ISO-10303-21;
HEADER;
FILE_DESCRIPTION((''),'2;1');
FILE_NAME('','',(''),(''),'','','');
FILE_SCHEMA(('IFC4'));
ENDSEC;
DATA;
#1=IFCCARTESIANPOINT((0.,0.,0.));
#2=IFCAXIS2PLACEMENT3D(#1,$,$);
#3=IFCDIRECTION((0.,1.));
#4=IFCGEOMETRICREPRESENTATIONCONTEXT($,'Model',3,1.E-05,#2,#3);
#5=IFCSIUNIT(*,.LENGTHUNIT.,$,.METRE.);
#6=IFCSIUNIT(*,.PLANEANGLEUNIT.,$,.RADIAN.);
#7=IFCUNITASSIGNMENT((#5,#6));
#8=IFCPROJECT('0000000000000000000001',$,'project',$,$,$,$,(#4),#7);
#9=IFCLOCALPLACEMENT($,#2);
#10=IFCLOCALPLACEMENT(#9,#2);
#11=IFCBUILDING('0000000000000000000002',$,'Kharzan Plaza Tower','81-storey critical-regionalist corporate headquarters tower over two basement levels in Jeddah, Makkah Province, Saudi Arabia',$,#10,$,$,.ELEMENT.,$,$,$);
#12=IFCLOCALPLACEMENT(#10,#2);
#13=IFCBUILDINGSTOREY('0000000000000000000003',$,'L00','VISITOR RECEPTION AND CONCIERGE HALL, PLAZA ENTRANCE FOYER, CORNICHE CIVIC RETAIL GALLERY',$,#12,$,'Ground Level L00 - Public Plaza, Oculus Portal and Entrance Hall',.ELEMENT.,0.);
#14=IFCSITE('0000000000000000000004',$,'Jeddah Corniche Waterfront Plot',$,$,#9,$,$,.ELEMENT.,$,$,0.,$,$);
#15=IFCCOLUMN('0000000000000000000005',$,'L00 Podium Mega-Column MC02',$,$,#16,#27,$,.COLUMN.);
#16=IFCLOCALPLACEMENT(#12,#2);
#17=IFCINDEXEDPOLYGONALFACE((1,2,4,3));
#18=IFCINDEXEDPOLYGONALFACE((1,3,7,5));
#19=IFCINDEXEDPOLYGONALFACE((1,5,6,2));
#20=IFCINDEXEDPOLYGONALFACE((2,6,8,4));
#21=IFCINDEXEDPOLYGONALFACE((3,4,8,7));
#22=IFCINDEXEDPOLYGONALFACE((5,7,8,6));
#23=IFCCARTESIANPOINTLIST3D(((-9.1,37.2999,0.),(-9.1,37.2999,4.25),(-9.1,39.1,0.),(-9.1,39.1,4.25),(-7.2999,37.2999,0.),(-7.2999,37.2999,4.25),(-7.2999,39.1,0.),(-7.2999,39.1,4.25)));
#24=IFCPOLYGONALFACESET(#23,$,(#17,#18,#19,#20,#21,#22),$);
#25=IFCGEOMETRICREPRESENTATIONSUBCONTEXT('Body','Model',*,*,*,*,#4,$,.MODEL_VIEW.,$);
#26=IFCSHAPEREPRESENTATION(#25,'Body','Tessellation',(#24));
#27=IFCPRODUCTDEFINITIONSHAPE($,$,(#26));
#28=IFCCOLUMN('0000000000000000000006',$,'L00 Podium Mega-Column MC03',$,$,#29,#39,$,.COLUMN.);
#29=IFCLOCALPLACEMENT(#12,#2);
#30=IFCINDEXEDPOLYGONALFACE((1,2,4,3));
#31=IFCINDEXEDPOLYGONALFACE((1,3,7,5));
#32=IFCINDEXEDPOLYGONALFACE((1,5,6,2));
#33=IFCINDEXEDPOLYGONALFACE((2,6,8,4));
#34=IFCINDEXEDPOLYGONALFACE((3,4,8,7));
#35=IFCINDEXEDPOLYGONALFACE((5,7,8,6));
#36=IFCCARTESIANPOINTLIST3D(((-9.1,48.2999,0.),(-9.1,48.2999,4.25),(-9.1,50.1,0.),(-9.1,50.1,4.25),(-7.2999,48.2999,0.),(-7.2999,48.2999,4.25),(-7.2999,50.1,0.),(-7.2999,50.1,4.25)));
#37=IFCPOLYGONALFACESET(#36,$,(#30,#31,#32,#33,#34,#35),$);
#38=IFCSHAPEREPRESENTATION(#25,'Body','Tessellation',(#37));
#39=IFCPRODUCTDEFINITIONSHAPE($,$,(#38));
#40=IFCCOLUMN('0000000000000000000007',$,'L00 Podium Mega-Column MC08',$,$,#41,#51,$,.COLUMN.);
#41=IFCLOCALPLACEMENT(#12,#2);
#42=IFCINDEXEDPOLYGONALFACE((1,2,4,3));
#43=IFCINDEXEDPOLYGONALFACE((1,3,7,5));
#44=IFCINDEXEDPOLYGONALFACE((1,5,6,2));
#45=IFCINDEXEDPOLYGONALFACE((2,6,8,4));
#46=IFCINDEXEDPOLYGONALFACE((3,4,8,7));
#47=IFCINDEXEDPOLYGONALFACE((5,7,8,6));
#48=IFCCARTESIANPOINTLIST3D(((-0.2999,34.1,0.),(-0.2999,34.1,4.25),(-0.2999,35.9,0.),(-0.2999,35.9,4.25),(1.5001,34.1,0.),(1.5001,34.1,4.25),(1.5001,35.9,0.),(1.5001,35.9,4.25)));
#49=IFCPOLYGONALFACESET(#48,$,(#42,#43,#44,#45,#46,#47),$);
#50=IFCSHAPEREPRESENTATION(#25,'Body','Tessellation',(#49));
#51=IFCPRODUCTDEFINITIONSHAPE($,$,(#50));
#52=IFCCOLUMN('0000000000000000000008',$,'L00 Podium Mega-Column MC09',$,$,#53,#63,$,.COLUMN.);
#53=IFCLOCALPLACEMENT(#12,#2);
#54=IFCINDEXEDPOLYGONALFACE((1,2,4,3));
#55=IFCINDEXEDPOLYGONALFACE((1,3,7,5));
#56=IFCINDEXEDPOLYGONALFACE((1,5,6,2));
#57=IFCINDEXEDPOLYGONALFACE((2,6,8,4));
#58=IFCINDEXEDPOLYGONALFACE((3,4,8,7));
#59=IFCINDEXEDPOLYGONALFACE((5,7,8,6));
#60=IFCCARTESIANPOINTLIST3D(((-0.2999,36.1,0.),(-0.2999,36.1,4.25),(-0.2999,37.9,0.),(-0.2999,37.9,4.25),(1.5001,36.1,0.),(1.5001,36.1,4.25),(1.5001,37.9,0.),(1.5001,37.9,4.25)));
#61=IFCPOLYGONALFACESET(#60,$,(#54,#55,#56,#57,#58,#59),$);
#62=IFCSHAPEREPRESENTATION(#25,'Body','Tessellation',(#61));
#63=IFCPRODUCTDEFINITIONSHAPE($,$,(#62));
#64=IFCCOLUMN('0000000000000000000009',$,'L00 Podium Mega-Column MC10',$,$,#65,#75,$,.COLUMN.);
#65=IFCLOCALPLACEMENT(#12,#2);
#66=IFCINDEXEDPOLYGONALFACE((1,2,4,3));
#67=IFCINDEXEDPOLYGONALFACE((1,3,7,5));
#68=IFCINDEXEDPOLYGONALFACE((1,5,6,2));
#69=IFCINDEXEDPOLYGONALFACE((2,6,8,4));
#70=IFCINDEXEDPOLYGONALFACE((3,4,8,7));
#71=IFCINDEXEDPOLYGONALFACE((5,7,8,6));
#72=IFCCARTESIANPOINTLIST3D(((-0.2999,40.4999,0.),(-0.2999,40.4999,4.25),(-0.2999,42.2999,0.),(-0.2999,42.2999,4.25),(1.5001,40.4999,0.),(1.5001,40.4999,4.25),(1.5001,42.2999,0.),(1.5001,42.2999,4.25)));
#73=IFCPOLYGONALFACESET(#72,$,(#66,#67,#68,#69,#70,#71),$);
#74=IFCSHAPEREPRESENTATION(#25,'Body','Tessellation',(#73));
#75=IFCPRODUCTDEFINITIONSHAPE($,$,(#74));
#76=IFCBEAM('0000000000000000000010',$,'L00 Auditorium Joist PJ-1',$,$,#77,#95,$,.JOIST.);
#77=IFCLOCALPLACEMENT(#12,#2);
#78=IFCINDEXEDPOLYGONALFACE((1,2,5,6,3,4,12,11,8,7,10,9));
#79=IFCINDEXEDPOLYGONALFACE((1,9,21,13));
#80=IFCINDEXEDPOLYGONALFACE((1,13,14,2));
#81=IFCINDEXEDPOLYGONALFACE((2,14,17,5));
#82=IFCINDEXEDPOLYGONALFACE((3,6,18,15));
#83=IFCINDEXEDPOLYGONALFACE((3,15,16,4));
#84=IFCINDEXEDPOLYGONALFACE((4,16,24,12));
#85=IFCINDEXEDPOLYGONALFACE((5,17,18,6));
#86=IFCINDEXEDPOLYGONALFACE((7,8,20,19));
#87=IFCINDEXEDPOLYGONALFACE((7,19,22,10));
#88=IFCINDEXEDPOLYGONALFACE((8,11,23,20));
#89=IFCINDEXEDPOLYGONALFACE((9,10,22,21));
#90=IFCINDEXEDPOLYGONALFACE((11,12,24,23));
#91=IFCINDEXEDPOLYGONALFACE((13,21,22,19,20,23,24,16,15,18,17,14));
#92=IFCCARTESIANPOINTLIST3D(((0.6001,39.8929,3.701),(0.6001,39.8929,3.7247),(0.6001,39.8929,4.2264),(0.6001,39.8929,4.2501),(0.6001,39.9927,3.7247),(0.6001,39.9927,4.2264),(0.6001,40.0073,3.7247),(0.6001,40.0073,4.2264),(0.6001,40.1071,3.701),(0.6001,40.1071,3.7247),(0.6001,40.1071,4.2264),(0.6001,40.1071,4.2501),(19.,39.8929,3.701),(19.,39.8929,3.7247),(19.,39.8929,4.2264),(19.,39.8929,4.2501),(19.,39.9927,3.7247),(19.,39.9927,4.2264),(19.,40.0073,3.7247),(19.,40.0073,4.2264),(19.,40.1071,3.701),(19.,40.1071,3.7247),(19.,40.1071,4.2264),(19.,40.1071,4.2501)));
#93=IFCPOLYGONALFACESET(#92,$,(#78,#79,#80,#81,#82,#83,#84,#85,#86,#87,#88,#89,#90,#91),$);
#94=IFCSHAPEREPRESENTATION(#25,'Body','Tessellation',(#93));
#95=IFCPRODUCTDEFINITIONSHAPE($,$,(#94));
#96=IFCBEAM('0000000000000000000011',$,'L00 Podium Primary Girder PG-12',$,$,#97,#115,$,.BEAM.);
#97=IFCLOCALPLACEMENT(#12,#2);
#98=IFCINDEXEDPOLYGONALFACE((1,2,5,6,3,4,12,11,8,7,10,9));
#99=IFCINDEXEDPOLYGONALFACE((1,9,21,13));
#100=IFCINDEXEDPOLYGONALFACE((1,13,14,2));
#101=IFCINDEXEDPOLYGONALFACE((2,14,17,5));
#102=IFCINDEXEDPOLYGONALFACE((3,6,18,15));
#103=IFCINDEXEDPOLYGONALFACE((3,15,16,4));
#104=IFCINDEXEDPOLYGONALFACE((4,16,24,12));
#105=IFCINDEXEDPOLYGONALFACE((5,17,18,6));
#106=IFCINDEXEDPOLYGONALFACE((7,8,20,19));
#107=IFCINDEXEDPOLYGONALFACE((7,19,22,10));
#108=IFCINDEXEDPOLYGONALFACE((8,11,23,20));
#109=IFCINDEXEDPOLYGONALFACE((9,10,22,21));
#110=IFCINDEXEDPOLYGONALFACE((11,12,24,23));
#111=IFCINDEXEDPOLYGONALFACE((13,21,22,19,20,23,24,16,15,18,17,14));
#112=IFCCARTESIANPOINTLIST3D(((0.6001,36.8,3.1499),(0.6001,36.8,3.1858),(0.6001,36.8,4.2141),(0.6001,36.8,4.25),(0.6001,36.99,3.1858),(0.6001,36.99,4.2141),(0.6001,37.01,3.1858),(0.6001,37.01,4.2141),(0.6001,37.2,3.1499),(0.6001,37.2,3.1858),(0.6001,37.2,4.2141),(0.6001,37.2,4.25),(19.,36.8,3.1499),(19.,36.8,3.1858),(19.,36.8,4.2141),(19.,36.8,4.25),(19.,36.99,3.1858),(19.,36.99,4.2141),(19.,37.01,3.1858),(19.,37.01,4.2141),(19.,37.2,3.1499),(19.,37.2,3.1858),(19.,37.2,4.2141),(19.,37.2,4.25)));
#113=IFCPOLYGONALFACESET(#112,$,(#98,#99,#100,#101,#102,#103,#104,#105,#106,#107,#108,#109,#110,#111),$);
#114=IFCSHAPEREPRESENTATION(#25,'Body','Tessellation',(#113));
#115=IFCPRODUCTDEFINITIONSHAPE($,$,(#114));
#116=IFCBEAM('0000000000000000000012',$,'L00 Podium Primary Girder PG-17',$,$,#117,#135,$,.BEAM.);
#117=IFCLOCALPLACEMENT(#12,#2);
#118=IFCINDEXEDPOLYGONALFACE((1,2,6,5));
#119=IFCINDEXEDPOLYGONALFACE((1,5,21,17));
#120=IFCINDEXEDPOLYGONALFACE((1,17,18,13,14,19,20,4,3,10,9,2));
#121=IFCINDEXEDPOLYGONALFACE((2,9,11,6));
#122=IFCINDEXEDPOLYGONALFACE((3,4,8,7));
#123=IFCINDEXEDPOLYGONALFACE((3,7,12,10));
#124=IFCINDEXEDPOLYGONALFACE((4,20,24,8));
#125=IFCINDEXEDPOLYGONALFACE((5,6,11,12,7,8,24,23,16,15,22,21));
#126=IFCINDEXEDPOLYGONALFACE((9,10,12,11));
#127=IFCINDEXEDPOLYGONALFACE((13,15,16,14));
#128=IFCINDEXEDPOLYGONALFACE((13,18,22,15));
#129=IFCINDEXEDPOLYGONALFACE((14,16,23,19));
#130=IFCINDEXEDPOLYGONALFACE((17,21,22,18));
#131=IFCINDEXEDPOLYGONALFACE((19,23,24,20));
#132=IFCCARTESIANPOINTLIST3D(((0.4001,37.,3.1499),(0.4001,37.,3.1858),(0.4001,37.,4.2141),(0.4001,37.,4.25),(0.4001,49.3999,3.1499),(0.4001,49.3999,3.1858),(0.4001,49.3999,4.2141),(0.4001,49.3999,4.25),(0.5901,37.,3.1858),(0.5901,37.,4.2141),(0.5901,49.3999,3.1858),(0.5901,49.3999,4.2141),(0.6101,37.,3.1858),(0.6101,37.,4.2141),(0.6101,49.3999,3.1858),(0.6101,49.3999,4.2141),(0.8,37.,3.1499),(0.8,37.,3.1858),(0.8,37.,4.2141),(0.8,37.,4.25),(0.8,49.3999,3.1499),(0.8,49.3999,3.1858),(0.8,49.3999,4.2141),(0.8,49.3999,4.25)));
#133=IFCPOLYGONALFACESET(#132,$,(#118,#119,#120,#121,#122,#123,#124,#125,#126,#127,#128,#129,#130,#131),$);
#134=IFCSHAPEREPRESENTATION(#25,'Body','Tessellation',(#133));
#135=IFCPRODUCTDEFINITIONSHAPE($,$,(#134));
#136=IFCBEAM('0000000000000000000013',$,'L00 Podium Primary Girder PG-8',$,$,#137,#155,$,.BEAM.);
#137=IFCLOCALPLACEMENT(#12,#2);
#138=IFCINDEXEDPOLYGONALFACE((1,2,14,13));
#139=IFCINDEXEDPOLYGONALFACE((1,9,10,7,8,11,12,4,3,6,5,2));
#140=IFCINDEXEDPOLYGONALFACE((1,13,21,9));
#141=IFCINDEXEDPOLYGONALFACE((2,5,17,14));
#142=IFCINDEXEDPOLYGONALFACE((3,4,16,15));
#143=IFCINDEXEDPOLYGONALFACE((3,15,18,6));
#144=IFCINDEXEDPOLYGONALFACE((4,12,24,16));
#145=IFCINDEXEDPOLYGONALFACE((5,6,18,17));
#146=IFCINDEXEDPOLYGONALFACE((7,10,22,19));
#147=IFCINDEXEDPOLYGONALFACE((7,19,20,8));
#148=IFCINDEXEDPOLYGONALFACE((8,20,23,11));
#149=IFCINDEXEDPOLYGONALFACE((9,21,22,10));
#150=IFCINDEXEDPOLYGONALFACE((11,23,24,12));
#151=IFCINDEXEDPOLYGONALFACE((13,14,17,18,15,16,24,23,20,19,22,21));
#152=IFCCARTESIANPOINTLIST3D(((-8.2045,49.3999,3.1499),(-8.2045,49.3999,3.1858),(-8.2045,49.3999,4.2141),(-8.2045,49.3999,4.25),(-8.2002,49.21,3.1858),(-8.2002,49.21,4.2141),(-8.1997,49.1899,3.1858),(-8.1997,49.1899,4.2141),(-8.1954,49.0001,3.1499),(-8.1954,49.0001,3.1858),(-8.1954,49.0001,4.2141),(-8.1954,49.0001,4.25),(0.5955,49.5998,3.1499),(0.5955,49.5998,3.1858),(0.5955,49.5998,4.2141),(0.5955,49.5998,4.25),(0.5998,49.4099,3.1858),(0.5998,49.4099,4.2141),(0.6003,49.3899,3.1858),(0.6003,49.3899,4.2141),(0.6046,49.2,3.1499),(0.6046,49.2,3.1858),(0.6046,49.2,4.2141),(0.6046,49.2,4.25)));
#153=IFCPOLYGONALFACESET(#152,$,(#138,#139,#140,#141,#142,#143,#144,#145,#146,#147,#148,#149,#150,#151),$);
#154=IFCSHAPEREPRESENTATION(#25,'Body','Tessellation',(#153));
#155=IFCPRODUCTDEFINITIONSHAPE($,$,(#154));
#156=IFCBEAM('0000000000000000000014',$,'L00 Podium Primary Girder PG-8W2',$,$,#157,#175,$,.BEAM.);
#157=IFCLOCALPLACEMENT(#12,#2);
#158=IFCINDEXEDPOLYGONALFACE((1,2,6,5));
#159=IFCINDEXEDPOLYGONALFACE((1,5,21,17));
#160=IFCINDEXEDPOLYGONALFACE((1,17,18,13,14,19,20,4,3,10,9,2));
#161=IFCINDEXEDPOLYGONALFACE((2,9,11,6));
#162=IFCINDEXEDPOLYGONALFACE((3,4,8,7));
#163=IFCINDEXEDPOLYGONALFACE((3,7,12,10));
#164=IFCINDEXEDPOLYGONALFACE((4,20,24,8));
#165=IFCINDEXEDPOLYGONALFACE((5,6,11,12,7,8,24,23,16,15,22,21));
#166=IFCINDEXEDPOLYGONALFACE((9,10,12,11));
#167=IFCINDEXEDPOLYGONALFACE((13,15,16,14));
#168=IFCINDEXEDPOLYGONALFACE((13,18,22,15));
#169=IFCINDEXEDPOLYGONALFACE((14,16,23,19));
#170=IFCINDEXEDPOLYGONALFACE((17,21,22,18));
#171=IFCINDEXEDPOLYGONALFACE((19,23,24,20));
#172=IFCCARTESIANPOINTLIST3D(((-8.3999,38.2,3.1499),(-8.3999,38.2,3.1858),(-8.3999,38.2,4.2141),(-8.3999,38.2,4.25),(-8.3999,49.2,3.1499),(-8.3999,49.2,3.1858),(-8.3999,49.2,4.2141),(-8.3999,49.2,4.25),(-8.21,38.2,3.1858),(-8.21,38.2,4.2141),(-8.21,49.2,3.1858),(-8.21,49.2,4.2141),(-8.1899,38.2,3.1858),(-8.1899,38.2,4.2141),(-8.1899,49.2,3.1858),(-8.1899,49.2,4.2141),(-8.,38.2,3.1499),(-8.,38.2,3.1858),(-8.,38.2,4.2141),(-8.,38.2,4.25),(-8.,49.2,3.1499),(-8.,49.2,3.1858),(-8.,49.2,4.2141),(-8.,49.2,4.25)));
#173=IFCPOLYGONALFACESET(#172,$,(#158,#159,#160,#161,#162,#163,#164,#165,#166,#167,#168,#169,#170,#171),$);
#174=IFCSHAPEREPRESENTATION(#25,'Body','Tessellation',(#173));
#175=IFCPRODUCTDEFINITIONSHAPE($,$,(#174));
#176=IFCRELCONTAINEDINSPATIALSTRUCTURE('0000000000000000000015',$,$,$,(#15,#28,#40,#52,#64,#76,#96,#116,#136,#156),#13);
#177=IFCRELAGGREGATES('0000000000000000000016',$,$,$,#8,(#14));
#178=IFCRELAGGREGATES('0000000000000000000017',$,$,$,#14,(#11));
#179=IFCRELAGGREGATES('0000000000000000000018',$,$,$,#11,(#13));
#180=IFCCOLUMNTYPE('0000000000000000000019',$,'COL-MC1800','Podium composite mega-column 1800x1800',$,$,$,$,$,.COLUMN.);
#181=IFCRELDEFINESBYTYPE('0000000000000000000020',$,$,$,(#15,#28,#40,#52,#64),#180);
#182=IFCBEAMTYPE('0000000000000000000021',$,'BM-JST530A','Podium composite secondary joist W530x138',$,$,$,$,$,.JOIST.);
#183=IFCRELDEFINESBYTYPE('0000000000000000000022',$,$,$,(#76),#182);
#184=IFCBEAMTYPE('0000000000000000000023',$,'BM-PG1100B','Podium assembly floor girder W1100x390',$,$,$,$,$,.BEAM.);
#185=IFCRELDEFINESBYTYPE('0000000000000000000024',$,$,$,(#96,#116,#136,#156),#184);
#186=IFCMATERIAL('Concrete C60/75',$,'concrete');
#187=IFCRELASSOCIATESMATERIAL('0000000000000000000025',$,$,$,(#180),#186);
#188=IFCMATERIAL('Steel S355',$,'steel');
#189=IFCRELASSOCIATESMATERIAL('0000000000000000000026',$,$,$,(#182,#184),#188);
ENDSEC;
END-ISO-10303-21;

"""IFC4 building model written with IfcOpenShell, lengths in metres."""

from ifc_helpers import new_model, si_unit, direction, frame, origin, origin_2d, place, context, subcontext, project, spatial, rectangle, i_section, extrude, source, transform, mapped, material, material_profile, profile_set, type_object, element, save


model = new_model("IFC4")

# Units and contexts
model_context = context("Model", 3, precision=1e-05, world=origin(), true_north=direction((0.0, 1.0)))
body_context = subcontext(model_context, "Body", "Model", "MODEL_VIEW")
ifc_project = project(units=[si_unit("LENGTHUNIT", "METRE"), si_unit("PLANEANGLEUNIT", "RADIAN")], contexts=[model_context])

# Site, building, storey
site_placement = place(None, origin())
site = spatial("IfcSite", under=ifc_project, at=site_placement, Name="Jeddah Corniche Waterfront Plot", CompositionType="ELEMENT", RefElevation=0.0)
building_placement = place(site_placement, origin())
building = spatial("IfcBuilding", under=site, at=building_placement, Name="Kharzan Plaza Tower", Description="81-storey critical-regionalist corporate headquarters tower over two basement levels in Jeddah, Makkah Province, Saudi Arabia", CompositionType="ELEMENT")
storey_placement = place(building_placement, origin())
storey = spatial("IfcBuildingStorey", under=building, at=storey_placement, Name="L00", Description="VISITOR RECEPTION AND CONCIERGE HALL, PLAZA ENTRANCE FOYER, CORNICHE CIVIC RETAIL GALLERY", LongName="Ground Level L00 - Public Plaza, Oculus Portal and Entrance Hall", CompositionType="ELEMENT", Elevation=0.0)

# Columns
ifc_material_1 = material(Name="Concrete C60/75", Category="concrete")
ifc_material_profile_1 = material_profile(ifc_material_1, rectangle(XDim=1.8, YDim=1.8, at=origin_2d()), Name="RC-MC1800x1800")
ifc_profile_set_1 = profile_set([ifc_material_profile_1], Name="Concrete C60/75")
column_type = type_object("IfcColumnType", Name="COL-MC1800", Description="Podium composite mega-column 1800x1800", PredefinedType="COLUMN", material=ifc_profile_set_1)
shared_shape_1 = source(origin(), body_context, "Body", "SweptSolid", [
    extrude(rectangle(XDim=1.8, YDim=1.8, at=origin_2d()), origin(), (0.0, 0.0, 1.0), 4.25),
])
for number, where, z_axis, x_axis, name in (
    (1, (-8.2, 38.2, 0.0), (0.0, 0.0, 1.0), (1.0, 0.0, 0.0), "L00 Podium Mega-Column MC02"),
    (2, (-8.2, 49.2, 0.0), (0.0, 0.0, 1.0), (1.0, 0.0, 0.0), "L00 Podium Mega-Column MC03"),
    (3, (0.6001, 35.0, 0.0), (0.0, 0.0, 1.0), (1.0, 0.0, 0.0), "L00 Podium Mega-Column MC08"),
    (4, (0.6001, 37.0, 0.0), (0.0, 0.0, 1.0), (1.0, 0.0, 0.0), "L00 Podium Mega-Column MC09"),
    (5, (0.6001, 41.3999, 0.0), (0.0, 0.0, 1.0), (1.0, 0.0, 0.0), "L00 Podium Mega-Column MC10"),
):
    element("IfcColumn", number, at=place(storey_placement, frame(where, z_axis=z_axis, x_axis=x_axis)), inside=storey, type_object=column_type, Name=name, PredefinedType="COLUMN", context=body_context, shape_type="MappedRepresentation", body=[
        mapped(shared_shape_1, transform((0.0, 0.0, 0.0), x_axis=(1.0, 0.0, 0.0), y_axis=(0.0, 1.0, 0.0), z_axis=(0.0, 0.0, 1.0))),
    ])

# Beams
ifc_material_2 = material(Name="Steel S355", Category="steel")
ifc_material_profile_2 = material_profile(ifc_material_2, i_section(OverallWidth=0.2141, OverallDepth=0.5491, WebThickness=0.0146, FlangeThickness=0.0237, at=origin_2d()), Name="W530x138")
ifc_profile_set_2 = profile_set([ifc_material_profile_2], Name="Steel S355")
beam_type_1 = type_object("IfcBeamType", Name="BM-JST530A", Description="Podium composite secondary joist W530x138", PredefinedType="JOIST", material=ifc_profile_set_2)
shared_shape_2 = source(origin(), body_context, "Body", "SweptSolid", [
    extrude(i_section(OverallWidth=0.2141, OverallDepth=0.5491, WebThickness=0.0146, FlangeThickness=0.0237, at=origin_2d()), origin(), (0.0, 0.0, 1.0), 18.3999),
])
beam_1_placement = place(storey_placement, frame((0.6001, 40.0, 3.9756), z_axis=(1.0, 0.0, 0.0), x_axis=(0.0, 1.0, 0.0)))
element("IfcBeam", 6, at=beam_1_placement, inside=storey, type_object=beam_type_1, Name="L00 Auditorium Joist PJ-1", PredefinedType="JOIST", context=body_context, shape_type="MappedRepresentation", body=[
    mapped(shared_shape_2, transform((0.0, 0.0, 0.0), x_axis=(1.0, 0.0, 0.0), y_axis=(0.0, 1.0, 0.0), z_axis=(0.0, 0.0, 1.0))),
])
ifc_material_profile_3 = material_profile(ifc_material_2, i_section(OverallWidth=0.3999, OverallDepth=1.1001, WebThickness=0.02, FlangeThickness=0.0359, at=origin_2d()), Name="W1100x390")
ifc_profile_set_3 = profile_set([ifc_material_profile_3], Name="Steel S355")
beam_type_2 = type_object("IfcBeamType", Name="BM-PG1100B", Description="Podium assembly floor girder W1100x390", PredefinedType="BEAM", material=ifc_profile_set_3)
shared_shape_3 = source(origin(), body_context, "Body", "SweptSolid", [
    extrude(i_section(OverallWidth=0.3999, OverallDepth=1.1001, WebThickness=0.02, FlangeThickness=0.0359, at=origin_2d()), origin(), (0.0, 0.0, 1.0), 18.3999),
])
beam_2_placement = place(storey_placement, frame((0.6001, 37.0, 3.7), z_axis=(1.0, 0.0, 0.0), x_axis=(0.0, 1.0, 0.0)))
element("IfcBeam", 7, at=beam_2_placement, inside=storey, type_object=beam_type_2, Name="L00 Podium Primary Girder PG-12", PredefinedType="BEAM", context=body_context, shape_type="MappedRepresentation", body=[
    mapped(shared_shape_3, transform((0.0, 0.0, 0.0), x_axis=(1.0, 0.0, 0.0), y_axis=(0.0, 1.0, 0.0), z_axis=(0.0, 0.0, 1.0))),
])
shared_shape_4 = source(origin(), body_context, "Body", "SweptSolid", [
    extrude(i_section(OverallWidth=0.3999, OverallDepth=1.1001, WebThickness=0.02, FlangeThickness=0.0359, at=origin_2d()), origin(), (0.0, 0.0, 1.0), 12.3999),
])
beam_3_placement = place(storey_placement, frame((0.6001, 37.0, 3.7), z_axis=(0.0, 1.0, 0.0), x_axis=(-1.0, 0.0, 0.0)))
element("IfcBeam", 8, at=beam_3_placement, inside=storey, type_object=beam_type_2, Name="L00 Podium Primary Girder PG-17", PredefinedType="BEAM", context=body_context, shape_type="MappedRepresentation", body=[
    mapped(shared_shape_4, transform((0.0, 0.0, 0.0), x_axis=(1.0, 0.0, 0.0), y_axis=(0.0, 1.0, 0.0), z_axis=(0.0, 0.0, 1.0))),
])
shared_shape_5 = source(origin(), body_context, "Body", "SweptSolid", [
    extrude(i_section(OverallWidth=0.3999, OverallDepth=1.1001, WebThickness=0.02, FlangeThickness=0.0359, at=origin_2d()), origin(), (0.0, 0.0, 1.0), 8.8022),
])
beam_4_placement = place(storey_placement, frame((-8.2, 49.2, 3.7), z_axis=(0.999742, 0.022716, 0.0), x_axis=(-0.022716, 0.999742, 0.0)))
element("IfcBeam", 9, at=beam_4_placement, inside=storey, type_object=beam_type_2, Name="L00 Podium Primary Girder PG-8", PredefinedType="BEAM", context=body_context, shape_type="MappedRepresentation", body=[
    mapped(shared_shape_5, transform((0.0, 0.0, 0.0), x_axis=(1.0, 0.0, 0.0), y_axis=(0.0, 1.0, 0.0), z_axis=(0.0, 0.0, 1.0))),
])
shared_shape_6 = source(origin(), body_context, "Body", "SweptSolid", [
    extrude(i_section(OverallWidth=0.3999, OverallDepth=1.1001, WebThickness=0.02, FlangeThickness=0.0359, at=origin_2d()), origin(), (0.0, 0.0, 1.0), 11.0),
])
beam_5_placement = place(storey_placement, frame((-8.2, 38.2, 3.7), z_axis=(0.0, 1.0, 0.0), x_axis=(-1.0, 0.0, 0.0)))
element("IfcBeam", 10, at=beam_5_placement, inside=storey, type_object=beam_type_2, Name="L00 Podium Primary Girder PG-8W2", PredefinedType="BEAM", context=body_context, shape_type="MappedRepresentation", body=[
    mapped(shared_shape_6, transform((0.0, 0.0, 0.0), x_axis=(1.0, 0.0, 0.0), y_axis=(0.0, 1.0, 0.0), z_axis=(0.0, 0.0, 1.0))),
])

save(model, "model.ifc")
